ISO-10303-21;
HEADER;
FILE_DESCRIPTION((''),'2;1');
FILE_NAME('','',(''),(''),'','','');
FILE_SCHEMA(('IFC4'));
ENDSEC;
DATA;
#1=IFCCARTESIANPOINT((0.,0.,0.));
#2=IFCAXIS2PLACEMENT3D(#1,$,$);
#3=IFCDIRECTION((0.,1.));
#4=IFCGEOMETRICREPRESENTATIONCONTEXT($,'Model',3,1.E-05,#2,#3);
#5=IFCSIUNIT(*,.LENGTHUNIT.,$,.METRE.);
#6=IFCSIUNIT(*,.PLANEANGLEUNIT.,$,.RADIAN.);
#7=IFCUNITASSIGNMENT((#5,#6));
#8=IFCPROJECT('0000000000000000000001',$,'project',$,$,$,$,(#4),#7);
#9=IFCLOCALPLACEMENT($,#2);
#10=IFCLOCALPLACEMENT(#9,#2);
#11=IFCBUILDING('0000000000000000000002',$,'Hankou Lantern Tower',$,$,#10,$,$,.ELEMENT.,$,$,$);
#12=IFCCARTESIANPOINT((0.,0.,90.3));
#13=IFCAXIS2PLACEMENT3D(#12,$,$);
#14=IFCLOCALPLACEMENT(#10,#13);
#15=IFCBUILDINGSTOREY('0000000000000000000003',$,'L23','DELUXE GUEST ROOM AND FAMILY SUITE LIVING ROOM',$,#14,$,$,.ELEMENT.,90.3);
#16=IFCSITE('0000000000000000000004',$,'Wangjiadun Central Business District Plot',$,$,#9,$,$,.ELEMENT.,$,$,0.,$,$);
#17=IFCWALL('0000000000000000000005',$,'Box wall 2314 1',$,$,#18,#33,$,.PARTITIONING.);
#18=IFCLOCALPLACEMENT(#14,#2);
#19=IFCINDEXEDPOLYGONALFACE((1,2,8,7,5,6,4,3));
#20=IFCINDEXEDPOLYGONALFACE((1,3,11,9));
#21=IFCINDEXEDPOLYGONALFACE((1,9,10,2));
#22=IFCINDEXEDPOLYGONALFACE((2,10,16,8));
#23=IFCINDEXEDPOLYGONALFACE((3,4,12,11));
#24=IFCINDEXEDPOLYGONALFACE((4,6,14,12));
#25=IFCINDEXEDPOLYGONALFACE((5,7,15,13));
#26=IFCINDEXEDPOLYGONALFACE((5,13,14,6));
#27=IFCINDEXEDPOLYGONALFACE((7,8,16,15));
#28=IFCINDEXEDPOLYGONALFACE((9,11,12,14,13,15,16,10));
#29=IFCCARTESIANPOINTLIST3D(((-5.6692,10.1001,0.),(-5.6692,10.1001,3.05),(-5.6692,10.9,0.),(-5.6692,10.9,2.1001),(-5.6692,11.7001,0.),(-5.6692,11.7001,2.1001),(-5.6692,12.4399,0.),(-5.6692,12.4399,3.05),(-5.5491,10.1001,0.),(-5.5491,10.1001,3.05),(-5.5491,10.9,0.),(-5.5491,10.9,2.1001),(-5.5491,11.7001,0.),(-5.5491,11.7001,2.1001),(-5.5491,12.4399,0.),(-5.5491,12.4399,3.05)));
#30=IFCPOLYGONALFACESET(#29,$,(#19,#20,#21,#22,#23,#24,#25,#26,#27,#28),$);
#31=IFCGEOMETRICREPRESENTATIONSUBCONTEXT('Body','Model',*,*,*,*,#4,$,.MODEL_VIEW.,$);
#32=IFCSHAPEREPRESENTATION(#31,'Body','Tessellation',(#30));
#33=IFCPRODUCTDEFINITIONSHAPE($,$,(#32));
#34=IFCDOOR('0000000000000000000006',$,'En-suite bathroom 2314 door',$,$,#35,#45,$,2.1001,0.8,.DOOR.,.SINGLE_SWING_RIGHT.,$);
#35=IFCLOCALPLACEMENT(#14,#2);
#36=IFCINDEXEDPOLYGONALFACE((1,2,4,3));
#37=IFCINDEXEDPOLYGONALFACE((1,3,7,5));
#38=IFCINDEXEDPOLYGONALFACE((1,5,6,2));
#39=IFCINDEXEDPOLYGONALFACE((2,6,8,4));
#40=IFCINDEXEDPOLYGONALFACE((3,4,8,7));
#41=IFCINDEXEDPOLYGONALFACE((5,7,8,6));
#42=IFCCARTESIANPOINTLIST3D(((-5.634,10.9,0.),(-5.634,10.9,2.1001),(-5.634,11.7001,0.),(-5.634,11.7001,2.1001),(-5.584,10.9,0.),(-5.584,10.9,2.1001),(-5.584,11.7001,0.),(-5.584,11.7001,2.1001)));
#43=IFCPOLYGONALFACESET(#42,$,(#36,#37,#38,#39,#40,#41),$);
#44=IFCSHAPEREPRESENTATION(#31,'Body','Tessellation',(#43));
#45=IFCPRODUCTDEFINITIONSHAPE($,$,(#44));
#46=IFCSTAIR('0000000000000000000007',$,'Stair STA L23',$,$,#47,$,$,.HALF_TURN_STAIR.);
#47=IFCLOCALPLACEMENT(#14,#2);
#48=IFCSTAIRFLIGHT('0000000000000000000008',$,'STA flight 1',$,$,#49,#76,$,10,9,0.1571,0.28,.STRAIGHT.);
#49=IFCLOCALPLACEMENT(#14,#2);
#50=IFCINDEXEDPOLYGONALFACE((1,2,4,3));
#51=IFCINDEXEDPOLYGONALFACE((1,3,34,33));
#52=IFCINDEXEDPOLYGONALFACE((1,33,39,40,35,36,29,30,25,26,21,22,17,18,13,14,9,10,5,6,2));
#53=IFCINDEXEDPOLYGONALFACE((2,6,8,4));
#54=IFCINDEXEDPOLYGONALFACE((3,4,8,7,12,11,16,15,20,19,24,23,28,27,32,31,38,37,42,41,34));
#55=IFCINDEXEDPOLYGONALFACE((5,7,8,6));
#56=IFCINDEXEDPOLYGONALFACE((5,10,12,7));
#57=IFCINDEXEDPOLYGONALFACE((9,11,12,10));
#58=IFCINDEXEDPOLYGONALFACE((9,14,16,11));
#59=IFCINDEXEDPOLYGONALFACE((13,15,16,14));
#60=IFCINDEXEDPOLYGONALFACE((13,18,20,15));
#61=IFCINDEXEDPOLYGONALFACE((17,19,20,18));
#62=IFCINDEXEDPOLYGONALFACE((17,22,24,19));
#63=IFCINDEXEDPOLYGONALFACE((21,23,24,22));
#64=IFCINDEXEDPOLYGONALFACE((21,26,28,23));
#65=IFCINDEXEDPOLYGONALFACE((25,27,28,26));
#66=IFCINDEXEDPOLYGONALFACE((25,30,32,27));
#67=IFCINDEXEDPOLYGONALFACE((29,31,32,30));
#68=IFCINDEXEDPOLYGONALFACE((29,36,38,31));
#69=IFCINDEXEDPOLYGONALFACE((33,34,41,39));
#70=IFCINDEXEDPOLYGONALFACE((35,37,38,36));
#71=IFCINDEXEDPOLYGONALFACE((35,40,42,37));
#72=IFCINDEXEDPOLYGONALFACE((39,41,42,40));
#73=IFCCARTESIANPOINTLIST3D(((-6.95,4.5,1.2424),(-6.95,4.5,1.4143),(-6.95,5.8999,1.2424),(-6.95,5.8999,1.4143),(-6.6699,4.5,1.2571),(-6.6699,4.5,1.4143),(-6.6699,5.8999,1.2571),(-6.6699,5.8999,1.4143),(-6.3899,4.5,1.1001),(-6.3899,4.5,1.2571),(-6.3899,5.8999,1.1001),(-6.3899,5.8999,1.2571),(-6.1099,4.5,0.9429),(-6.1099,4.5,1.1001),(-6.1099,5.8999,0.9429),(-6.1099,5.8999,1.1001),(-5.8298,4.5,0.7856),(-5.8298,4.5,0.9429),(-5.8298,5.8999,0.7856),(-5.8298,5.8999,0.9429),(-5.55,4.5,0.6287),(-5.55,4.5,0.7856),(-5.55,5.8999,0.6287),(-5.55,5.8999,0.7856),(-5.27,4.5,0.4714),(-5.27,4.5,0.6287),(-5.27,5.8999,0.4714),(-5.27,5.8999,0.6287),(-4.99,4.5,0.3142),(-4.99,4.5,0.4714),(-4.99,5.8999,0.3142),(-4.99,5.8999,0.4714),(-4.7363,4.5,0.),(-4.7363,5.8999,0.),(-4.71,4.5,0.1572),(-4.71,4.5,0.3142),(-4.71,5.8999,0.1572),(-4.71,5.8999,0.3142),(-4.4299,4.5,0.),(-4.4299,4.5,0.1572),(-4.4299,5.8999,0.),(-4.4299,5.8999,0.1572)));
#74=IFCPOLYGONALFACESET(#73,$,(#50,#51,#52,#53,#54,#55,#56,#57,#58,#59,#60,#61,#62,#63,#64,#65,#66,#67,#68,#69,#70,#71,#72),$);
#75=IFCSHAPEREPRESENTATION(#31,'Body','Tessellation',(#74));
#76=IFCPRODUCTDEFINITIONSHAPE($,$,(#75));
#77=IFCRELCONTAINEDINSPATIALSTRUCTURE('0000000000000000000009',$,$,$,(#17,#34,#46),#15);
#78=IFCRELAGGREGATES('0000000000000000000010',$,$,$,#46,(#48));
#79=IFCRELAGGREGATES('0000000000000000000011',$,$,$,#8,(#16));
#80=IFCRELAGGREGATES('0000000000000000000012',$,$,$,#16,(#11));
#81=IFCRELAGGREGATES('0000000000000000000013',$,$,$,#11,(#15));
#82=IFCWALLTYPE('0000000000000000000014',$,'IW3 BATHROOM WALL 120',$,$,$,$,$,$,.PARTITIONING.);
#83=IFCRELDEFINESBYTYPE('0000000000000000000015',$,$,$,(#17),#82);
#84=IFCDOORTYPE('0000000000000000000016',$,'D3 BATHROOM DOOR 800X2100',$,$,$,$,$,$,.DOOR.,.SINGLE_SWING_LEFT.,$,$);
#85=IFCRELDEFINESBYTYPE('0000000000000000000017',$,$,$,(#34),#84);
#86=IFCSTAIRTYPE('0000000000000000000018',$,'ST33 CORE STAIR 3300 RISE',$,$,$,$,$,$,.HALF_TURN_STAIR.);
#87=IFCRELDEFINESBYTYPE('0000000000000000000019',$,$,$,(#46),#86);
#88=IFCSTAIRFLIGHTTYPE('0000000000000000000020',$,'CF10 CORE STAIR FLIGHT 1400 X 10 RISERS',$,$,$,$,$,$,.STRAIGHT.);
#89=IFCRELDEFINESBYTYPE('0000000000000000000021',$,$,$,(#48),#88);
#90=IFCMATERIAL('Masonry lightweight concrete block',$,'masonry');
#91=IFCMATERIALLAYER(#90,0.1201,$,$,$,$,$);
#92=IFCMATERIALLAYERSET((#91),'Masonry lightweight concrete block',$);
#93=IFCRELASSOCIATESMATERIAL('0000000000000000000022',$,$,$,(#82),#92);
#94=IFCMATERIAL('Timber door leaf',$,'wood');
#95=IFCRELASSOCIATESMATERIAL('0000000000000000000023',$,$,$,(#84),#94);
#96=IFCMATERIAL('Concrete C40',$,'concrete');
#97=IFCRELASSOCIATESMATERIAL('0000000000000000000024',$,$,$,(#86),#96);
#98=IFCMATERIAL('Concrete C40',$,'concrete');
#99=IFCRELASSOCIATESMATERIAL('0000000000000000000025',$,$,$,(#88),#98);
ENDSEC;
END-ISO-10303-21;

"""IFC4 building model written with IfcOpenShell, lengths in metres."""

from ifc_helpers import new_model, si_unit, direction, frame, frame_2d, origin, place, context, subcontext, project, spatial, polyline, rectangle, outline, extrude, material, layer, layer_set, type_object, element, fill, aggregate, save


model = new_model("IFC4")

# Units and contexts
model_context = context("Model", 3, precision=1e-05, world=origin(), true_north=direction((0.0, 1.0)))
body_context = subcontext(model_context, "Body", "Model", "MODEL_VIEW")
ifc_project = project(units=[si_unit("LENGTHUNIT", "METRE"), si_unit("PLANEANGLEUNIT", "RADIAN")], contexts=[model_context])

# Site, building, storey
site_placement = place(None, origin())
site = spatial("IfcSite", under=ifc_project, at=site_placement, Name="Wangjiadun Central Business District Plot", CompositionType="ELEMENT", RefElevation=0.0)
building_placement = place(site_placement, origin())
building = spatial("IfcBuilding", under=site, at=building_placement, Name="Hankou Lantern Tower", CompositionType="ELEMENT")
storey_placement = place(building_placement, frame((0.0, 0.0, 90.3)))
storey = spatial("IfcBuildingStorey", under=building, at=storey_placement, Name="L23", Description="DELUXE GUEST ROOM AND FAMILY SUITE LIVING ROOM", CompositionType="ELEMENT", Elevation=90.3)

# Wall, opening, door
ifc_material_1 = material(Name="Masonry lightweight concrete block", Category="masonry")
ifc_layer_1 = layer(ifc_material_1, 0.1201)
ifc_layer_set_1 = layer_set([ifc_layer_1], Name="Masonry lightweight concrete block")
wall_type_1 = type_object("IfcWallType", Name="IW3 BATHROOM WALL 120", PredefinedType="PARTITIONING", material=ifc_layer_set_1)
ifc_material_2 = material(Name="Timber door leaf", Category="wood")
door_type_1 = type_object("IfcDoorType", Name="D3 BATHROOM DOOR 800X2100", OperationType="SINGLE_SWING_LEFT", PredefinedType="DOOR", material=ifc_material_2)
wall_1_placement = place(storey_placement, frame((-5.6091, 10.1001, 0.0), z_axis=(0.0, 0.0, 1.0), x_axis=(0.0, 1.0, 0.0)))
wall_1 = element("IfcWall", 1, at=wall_1_placement, inside=storey, type_object=wall_type_1, Name="Box wall 2314 1", PredefinedType="PARTITIONING", context=body_context, shape_type="SweptSolid", body=[
    extrude(rectangle(XDim=2.3398, YDim=0.1201, at=frame_2d((1.1699, 0.0))), origin(), (0.0, 0.0, 1.0), 3.05),
])
opening_1_placement = place(wall_1_placement, frame((0.8, 0.0, 0.0)))
opening_1 = element("IfcOpeningElement", 2, at=opening_1_placement, cuts=wall_1, PredefinedType="OPENING", context=body_context, shape_type="SweptSolid", body=[
    extrude(rectangle(XDim=0.8, YDim=2.1001, at=frame_2d((0.3999, 1.05))), frame((0.0, 0.0701, 0.0), z_axis=(0.0, -1.0, 0.0), x_axis=(1.0, 0.0, 0.0)), (0.0, 0.0, 1.0), 0.1401),
])
door_1_placement = place(opening_1_placement, origin())
door_1 = element("IfcDoor", 3, at=door_1_placement, inside=storey, type_object=door_type_1, Name="En-suite bathroom 2314 door", OperationType="SINGLE_SWING_RIGHT", OverallHeight=2.1001, OverallWidth=0.8, PredefinedType="DOOR", context=body_context, shape_type="SweptSolid", body=[
    extrude(rectangle(XDim=0.8, YDim=2.1001, at=frame_2d((0.3999, 1.05))), frame((0.0, 0.0249, 0.0), z_axis=(0.0, -1.0, 0.0), x_axis=(1.0, 0.0, 0.0)), (0.0, 0.0, 1.0), 0.05),
])
fill(opening_1, door_1)

# Stair, stair flight
ifc_material_3 = material(Name="Concrete C40", Category="concrete")
stair_type = type_object("IfcStairType", Name="ST33 CORE STAIR 3300 RISE", PredefinedType="HALF_TURN_STAIR", material=ifc_material_3)
stair_placement = place(storey_placement, origin())
stair = element("IfcStair", 4, at=stair_placement, inside=storey, type_object=stair_type, Name="Stair STA L23", PredefinedType="HALF_TURN_STAIR")
ifc_material_4 = material(Name="Concrete C40", Category="concrete")
stair_flight_type = type_object("IfcStairFlightType", Name="CF10 CORE STAIR FLIGHT 1400 X 10 RISERS", PredefinedType="STRAIGHT", material=ifc_material_4)
stair_flight_placement = place(storey_placement, frame((-4.4299, 5.2, 0.0), z_axis=(0.0, 0.0, 1.0), x_axis=(-1.0, 0.0, 0.0)))
stair_flight = element("IfcStairFlight", 5, at=stair_flight_placement, type_object=stair_flight_type, Name="STA flight 1", NumberOfRisers=10, NumberOfTreads=9, PredefinedType="STRAIGHT", RiserHeight=0.1571, TreadLength=0.28, context=body_context, shape_type="SweptSolid", body=[
    extrude(outline(polyline([(0.0, 0.0), (0.0, 0.1572), (0.28, 0.1572), (0.28, 0.3142), (0.5601, 0.3142), (0.5601, 0.4714), (0.8401, 0.4714), (0.8401, 0.6287), (1.1201, 0.6287), (1.1201, 0.7856), (1.3999, 0.7856), (1.3999, 0.9429), (1.6799, 0.9429), (1.6799, 1.1001), (1.96, 1.1001), (1.96, 1.2571), (2.24, 1.2571), (2.24, 1.4143), (2.52, 1.4143), (2.52, 1.5715), (2.52, 1.2424), (0.3064, 0.0), (0.0, 0.0)])), frame((0.0, 0.7, 0.0), z_axis=(0.0, -1.0, 0.0), x_axis=(1.0, 0.0, 0.0)), (0.0, 0.0, 1.0), 1.3999),
])
aggregate(stair, [stair_flight])

save(model, "model.ifc")
